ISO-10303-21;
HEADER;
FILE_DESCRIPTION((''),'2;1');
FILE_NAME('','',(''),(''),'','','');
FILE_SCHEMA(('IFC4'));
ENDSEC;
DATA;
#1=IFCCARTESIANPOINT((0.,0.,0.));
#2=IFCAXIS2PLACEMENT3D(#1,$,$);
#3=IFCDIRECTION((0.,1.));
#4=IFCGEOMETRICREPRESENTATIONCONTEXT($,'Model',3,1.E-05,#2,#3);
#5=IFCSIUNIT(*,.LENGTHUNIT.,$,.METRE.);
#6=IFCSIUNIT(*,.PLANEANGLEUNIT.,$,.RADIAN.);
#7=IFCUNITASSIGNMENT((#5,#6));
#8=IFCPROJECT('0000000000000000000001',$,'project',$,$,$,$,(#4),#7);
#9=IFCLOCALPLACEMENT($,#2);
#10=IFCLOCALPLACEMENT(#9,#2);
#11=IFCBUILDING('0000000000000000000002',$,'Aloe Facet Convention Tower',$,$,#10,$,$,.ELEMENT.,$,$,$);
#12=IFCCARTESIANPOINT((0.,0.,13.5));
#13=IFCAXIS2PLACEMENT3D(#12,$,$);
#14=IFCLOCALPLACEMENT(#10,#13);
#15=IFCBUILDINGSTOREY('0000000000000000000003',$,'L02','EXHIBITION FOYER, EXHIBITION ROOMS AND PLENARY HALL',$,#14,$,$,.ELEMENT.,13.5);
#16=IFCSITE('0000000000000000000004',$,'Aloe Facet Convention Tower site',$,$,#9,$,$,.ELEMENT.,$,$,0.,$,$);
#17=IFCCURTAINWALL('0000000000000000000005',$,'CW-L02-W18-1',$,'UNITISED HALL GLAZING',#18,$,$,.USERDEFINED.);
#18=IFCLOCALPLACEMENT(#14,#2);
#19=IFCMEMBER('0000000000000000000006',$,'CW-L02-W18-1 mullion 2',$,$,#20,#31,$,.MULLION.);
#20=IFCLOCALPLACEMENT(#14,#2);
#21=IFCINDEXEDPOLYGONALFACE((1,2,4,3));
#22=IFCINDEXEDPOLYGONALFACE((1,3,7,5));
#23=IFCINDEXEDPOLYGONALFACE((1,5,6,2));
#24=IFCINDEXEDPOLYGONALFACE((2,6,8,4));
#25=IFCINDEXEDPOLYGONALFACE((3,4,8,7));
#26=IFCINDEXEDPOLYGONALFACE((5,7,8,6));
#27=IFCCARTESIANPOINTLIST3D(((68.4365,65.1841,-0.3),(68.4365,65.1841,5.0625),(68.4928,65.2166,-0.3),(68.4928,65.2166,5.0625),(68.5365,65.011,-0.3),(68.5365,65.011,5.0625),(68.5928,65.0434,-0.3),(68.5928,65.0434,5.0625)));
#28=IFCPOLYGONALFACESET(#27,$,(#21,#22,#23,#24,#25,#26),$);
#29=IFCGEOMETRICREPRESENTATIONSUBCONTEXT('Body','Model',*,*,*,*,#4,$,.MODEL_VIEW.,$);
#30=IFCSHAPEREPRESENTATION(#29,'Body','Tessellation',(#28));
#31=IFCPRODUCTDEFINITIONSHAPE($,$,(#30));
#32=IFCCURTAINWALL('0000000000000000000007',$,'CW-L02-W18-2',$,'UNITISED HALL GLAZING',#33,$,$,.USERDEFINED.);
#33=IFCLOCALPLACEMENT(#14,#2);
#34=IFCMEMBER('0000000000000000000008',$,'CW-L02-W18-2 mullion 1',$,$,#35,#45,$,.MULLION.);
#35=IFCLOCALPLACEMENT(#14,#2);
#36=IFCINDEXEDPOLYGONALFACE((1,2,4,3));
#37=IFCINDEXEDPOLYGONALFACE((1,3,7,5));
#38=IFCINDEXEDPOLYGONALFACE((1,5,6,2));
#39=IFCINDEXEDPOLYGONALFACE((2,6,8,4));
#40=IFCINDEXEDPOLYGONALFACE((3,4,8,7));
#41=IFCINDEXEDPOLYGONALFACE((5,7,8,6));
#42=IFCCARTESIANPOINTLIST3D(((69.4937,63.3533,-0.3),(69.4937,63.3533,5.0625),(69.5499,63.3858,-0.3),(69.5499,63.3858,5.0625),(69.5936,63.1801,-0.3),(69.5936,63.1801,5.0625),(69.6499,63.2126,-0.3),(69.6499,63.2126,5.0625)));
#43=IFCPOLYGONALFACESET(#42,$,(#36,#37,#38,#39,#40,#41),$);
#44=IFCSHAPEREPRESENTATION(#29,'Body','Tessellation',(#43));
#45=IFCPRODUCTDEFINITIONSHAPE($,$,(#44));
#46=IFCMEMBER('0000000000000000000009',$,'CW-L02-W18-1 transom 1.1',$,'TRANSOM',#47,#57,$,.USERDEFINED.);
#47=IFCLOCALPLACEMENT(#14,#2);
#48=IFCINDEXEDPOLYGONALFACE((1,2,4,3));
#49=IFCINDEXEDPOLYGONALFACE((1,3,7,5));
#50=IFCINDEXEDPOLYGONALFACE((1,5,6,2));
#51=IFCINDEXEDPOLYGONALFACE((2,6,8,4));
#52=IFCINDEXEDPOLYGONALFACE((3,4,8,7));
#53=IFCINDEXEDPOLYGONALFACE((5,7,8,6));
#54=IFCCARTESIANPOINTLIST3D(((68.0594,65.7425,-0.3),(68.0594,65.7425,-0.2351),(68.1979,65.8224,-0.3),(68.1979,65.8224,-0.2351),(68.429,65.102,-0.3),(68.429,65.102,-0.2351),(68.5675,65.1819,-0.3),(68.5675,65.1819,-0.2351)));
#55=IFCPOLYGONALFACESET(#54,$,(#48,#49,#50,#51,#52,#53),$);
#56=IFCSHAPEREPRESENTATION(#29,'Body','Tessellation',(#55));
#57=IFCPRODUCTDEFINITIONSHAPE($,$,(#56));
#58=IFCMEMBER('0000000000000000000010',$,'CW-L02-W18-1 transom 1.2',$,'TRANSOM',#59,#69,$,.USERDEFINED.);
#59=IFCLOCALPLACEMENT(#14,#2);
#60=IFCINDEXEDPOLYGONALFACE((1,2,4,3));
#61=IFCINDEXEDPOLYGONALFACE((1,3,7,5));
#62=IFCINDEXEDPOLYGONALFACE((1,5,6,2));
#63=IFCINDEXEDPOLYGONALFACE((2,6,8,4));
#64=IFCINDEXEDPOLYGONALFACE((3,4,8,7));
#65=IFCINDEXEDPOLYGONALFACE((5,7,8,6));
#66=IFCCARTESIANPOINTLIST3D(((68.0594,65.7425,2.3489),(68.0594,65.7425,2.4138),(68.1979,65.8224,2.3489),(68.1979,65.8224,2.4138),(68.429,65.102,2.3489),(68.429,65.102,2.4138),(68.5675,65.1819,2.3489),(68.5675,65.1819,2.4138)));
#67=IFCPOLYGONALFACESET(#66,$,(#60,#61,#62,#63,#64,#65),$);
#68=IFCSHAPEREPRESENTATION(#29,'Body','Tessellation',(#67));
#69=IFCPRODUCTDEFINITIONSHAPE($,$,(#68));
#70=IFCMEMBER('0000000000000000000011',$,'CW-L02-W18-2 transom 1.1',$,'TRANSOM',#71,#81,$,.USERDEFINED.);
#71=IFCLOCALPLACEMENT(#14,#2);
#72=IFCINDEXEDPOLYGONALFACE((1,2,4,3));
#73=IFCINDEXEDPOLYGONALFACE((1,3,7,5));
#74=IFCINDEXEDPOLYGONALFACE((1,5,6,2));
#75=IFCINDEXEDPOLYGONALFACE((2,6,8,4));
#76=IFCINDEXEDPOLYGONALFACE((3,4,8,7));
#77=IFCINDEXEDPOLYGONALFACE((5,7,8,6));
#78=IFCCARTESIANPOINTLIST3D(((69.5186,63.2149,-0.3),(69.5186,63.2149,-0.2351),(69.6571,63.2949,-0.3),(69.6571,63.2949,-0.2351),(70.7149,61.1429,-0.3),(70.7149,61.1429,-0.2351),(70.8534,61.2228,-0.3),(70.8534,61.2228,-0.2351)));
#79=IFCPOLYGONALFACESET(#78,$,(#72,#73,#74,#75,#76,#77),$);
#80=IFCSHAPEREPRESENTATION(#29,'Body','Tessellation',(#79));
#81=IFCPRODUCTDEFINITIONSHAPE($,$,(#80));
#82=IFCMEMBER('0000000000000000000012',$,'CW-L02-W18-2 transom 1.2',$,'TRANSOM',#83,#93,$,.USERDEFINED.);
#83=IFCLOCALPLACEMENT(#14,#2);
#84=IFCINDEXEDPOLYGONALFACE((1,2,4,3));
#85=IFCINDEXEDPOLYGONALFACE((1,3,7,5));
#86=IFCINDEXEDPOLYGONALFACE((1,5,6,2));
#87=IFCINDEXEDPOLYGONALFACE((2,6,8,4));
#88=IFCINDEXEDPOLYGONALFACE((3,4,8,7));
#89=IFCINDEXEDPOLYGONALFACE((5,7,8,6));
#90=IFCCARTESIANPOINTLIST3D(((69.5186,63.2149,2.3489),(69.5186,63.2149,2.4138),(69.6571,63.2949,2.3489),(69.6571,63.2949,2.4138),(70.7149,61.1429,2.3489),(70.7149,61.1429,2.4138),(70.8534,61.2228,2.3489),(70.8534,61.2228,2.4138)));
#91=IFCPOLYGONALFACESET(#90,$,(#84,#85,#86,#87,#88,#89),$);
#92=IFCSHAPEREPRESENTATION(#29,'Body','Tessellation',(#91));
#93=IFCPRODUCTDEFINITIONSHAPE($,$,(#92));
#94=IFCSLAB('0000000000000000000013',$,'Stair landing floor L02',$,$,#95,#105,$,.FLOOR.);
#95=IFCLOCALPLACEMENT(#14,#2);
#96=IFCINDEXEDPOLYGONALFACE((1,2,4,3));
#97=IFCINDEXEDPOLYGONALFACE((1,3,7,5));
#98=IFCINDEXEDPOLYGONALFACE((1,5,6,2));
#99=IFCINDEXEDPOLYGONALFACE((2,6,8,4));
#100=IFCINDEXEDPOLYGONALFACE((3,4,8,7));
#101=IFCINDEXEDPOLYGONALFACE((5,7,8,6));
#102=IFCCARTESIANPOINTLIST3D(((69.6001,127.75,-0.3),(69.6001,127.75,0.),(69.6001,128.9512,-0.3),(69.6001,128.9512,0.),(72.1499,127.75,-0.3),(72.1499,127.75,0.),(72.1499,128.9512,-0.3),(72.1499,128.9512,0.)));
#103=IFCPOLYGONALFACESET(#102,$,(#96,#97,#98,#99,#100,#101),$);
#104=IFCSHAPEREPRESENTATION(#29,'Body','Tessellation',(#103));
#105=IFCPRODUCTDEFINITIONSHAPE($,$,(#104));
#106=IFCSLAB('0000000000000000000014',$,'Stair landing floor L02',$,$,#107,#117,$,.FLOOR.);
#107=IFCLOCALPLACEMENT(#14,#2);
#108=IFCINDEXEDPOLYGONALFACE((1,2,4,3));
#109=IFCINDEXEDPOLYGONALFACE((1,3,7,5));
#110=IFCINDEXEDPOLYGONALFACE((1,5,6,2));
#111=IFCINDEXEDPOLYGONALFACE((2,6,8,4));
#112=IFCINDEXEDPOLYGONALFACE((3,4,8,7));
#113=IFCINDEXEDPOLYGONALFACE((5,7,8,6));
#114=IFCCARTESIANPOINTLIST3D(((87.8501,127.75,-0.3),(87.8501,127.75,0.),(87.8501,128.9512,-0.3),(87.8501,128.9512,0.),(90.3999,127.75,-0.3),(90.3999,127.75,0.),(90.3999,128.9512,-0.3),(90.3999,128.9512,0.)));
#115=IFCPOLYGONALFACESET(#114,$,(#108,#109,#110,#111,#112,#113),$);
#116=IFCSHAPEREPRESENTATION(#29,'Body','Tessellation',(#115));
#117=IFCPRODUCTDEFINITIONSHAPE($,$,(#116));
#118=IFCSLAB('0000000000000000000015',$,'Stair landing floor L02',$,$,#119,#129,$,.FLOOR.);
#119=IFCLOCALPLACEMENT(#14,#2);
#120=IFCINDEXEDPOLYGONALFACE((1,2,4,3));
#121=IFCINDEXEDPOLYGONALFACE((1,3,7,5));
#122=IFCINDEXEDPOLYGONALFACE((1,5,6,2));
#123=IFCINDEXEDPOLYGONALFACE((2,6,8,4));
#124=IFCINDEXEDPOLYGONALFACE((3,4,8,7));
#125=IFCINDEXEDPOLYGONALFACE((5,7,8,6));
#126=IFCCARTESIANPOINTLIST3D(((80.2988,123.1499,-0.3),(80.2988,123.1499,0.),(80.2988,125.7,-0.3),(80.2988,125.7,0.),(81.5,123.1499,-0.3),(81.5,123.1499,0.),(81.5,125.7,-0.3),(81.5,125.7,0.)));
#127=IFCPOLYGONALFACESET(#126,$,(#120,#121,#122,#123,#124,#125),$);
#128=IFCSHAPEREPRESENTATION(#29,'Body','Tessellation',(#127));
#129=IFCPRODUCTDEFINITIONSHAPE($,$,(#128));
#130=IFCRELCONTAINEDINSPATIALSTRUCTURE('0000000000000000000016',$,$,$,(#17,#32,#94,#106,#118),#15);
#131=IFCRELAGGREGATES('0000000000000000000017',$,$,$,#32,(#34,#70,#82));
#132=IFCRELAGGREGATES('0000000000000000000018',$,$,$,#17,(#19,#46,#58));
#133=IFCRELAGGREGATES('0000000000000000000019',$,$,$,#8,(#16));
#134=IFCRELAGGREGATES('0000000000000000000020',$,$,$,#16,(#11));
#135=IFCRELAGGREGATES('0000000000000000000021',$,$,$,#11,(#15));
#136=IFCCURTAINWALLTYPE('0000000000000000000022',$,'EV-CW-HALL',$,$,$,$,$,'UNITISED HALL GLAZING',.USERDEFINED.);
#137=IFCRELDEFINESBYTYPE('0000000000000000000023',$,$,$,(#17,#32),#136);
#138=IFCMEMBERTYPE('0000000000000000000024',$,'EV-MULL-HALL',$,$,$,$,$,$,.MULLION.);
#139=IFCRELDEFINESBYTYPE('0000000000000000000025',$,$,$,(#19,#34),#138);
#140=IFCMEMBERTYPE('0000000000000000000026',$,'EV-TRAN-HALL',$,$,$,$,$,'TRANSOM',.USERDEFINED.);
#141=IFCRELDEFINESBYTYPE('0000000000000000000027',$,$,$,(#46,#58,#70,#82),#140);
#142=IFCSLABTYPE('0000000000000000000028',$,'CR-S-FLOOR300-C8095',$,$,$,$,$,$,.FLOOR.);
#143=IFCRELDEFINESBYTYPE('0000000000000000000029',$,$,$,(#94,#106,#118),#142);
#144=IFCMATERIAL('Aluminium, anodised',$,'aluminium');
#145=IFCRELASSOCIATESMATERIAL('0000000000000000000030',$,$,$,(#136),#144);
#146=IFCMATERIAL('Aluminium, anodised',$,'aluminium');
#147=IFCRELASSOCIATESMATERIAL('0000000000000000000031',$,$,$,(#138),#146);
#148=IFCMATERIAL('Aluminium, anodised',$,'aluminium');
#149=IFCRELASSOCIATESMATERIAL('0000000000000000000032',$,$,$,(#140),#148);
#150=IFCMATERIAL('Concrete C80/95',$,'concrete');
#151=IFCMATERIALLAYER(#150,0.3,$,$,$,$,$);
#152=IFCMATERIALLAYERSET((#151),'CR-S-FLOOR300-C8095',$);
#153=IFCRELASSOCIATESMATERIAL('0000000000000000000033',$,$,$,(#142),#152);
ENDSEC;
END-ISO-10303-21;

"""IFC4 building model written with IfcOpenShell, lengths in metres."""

from ifc_helpers import new_model, si_unit, direction, frame, origin, origin_2d, place, context, subcontext, project, spatial, polyline, rectangle, outline, extrude, material, layer, layer_set, material_profile, profile_set, type_object, element, aggregate, save


model = new_model("IFC4")

# Units and contexts
model_context = context("Model", 3, precision=1e-05, world=origin(), true_north=direction((0.0, 1.0)))
body_context = subcontext(model_context, "Body", "Model", "MODEL_VIEW")
ifc_project = project(units=[si_unit("LENGTHUNIT", "METRE"), si_unit("PLANEANGLEUNIT", "RADIAN")], contexts=[model_context])

# Site, building, storey
site_placement = place(None, origin())
site = spatial("IfcSite", under=ifc_project, at=site_placement, Name="Aloe Facet Convention Tower site", CompositionType="ELEMENT", RefElevation=0.0)
building_placement = place(site_placement, origin())
building = spatial("IfcBuilding", under=site, at=building_placement, Name="Aloe Facet Convention Tower", CompositionType="ELEMENT")
storey_placement = place(building_placement, frame((0.0, 0.0, 13.5)))
storey = spatial("IfcBuildingStorey", under=building, at=storey_placement, Name="L02", Description="EXHIBITION FOYER, EXHIBITION ROOMS AND PLENARY HALL", CompositionType="ELEMENT", Elevation=13.5)

# Curtain walls, members
ifc_material_1 = material(Name="Aluminium, anodised", Category="aluminium")
curtain_wall_type = type_object("IfcCurtainWallType", Name="EV-CW-HALL", ElementType="UNITISED HALL GLAZING", PredefinedType="USERDEFINED", material=ifc_material_1)
curtain_wall_1_placement = place(storey_placement, origin())
curtain_wall_1 = element("IfcCurtainWall", 1, at=curtain_wall_1_placement, inside=storey, type_object=curtain_wall_type, Name="CW-L02-W18-1", ObjectType="UNITISED HALL GLAZING", PredefinedType="USERDEFINED")
ifc_material_2 = material(Name="Aluminium, anodised", Category="aluminium")
ifc_material_profile_1 = material_profile(ifc_material_2, rectangle(XDim=0.0649, YDim=0.2, at=origin_2d()), Name="AL 65x200")
ifc_profile_set_1 = profile_set([ifc_material_profile_1], Name="Aluminium, anodised")
member_type_1 = type_object("IfcMemberType", Name="EV-MULL-HALL", PredefinedType="MULLION", material=ifc_profile_set_1)
member_1_placement = place(storey_placement, frame((68.5146, 65.1138, -0.3), z_axis=(0.0, 0.0, 1.0), x_axis=(0.866025, 0.5, 0.0)))
member_1 = element("IfcMember", 2, at=member_1_placement, type_object=member_type_1, Name="CW-L02-W18-1 mullion 2", PredefinedType="MULLION", context=body_context, shape_type="SweptSolid", body=[
    extrude(rectangle(XDim=0.0649, YDim=0.2, at=origin_2d()), origin(), (0.0, 0.0, 1.0), 5.3625),
])
curtain_wall_2_placement = place(storey_placement, origin())
curtain_wall_2 = element("IfcCurtainWall", 3, at=curtain_wall_2_placement, inside=storey, type_object=curtain_wall_type, Name="CW-L02-W18-2", ObjectType="UNITISED HALL GLAZING", PredefinedType="USERDEFINED")
member_2_placement = place(storey_placement, frame((69.5718, 63.283, -0.3), z_axis=(0.0, 0.0, 1.0), x_axis=(0.866025, 0.5, 0.0)))
member_2 = element("IfcMember", 4, at=member_2_placement, type_object=member_type_1, Name="CW-L02-W18-2 mullion 1", PredefinedType="MULLION", context=body_context, shape_type="SweptSolid", body=[
    extrude(rectangle(XDim=0.0649, YDim=0.2, at=origin_2d()), origin(), (0.0, 0.0, 1.0), 5.3625),
])

# Members
ifc_material_3 = material(Name="Aluminium, anodised", Category="aluminium")
ifc_material_profile_2 = material_profile(ifc_material_3, rectangle(XDim=0.1599, YDim=0.0649, at=origin_2d()), Name="AL 160x65")
ifc_profile_set_2 = profile_set([ifc_material_profile_2], Name="Aluminium, anodised")
member_type_2 = type_object("IfcMemberType", Name="EV-TRAN-HALL", ElementType="TRANSOM", PredefinedType="USERDEFINED", material=ifc_profile_set_2)
member_3_placement = place(storey_placement, frame((68.1287, 65.7825, -0.2676), z_axis=(0.499761, -0.866164, 0.0), x_axis=(0.866164, 0.499761, 0.0)))
member_3 = element("IfcMember", 5, at=member_3_placement, type_object=member_type_2, Name="CW-L02-W18-1 transom 1.1", ObjectType="TRANSOM", PredefinedType="USERDEFINED", context=body_context, shape_type="SweptSolid", body=[
    extrude(rectangle(XDim=0.1599, YDim=0.0649, at=origin_2d()), origin(), (0.0, 0.0, 1.0), 0.7395),
])
member_4_placement = place(storey_placement, frame((68.1287, 65.7825, 2.3813), z_axis=(0.499761, -0.866164, 0.0), x_axis=(0.866164, 0.499761, 0.0)))
member_4 = element("IfcMember", 6, at=member_4_placement, type_object=member_type_2, Name="CW-L02-W18-1 transom 1.2", ObjectType="TRANSOM", PredefinedType="USERDEFINED", context=body_context, shape_type="SweptSolid", body=[
    extrude(rectangle(XDim=0.1599, YDim=0.0649, at=origin_2d()), origin(), (0.0, 0.0, 1.0), 0.7395),
])
member_5_placement = place(storey_placement, frame((69.5879, 63.2549, -0.2676), z_axis=(0.500002, -0.866024, 0.0), x_axis=(0.866024, 0.500002, 0.0)))
member_5 = element("IfcMember", 7, at=member_5_placement, type_object=member_type_2, Name="CW-L02-W18-2 transom 1.1", ObjectType="TRANSOM", PredefinedType="USERDEFINED", context=body_context, shape_type="SweptSolid", body=[
    extrude(rectangle(XDim=0.1599, YDim=0.0649, at=origin_2d()), origin(), (0.0, 0.0, 1.0), 2.3926),
])
member_6_placement = place(storey_placement, frame((69.5879, 63.2549, 2.3813), z_axis=(0.500002, -0.866024, 0.0), x_axis=(0.866024, 0.500002, 0.0)))
member_6 = element("IfcMember", 8, at=member_6_placement, type_object=member_type_2, Name="CW-L02-W18-2 transom 1.2", ObjectType="TRANSOM", PredefinedType="USERDEFINED", context=body_context, shape_type="SweptSolid", body=[
    extrude(rectangle(XDim=0.1599, YDim=0.0649, at=origin_2d()), origin(), (0.0, 0.0, 1.0), 2.3926),
])
aggregate(curtain_wall_2, [member_2, member_5, member_6])

# Slabs
ifc_material_4 = material(Name="Concrete C80/95", Category="concrete")
ifc_layer_1 = layer(ifc_material_4, 0.3)
ifc_layer_set_1 = layer_set([ifc_layer_1], Name="CR-S-FLOOR300-C8095")
slab_type_1 = type_object("IfcSlabType", Name="CR-S-FLOOR300-C8095", PredefinedType="FLOOR", material=ifc_layer_set_1)
slab_1_placement = place(storey_placement, frame((0.0, 0.0, -0.3)))
element("IfcSlab", 9, at=slab_1_placement, inside=storey, type_object=slab_type_1, Name="Stair landing floor L02", PredefinedType="FLOOR", context=body_context, shape_type="SweptSolid", body=[
    extrude(outline(polyline([(72.1499, 127.75), (72.1499, 128.9512), (69.6001, 128.9512), (69.6001, 127.75), (72.1499, 127.75)])), origin(), (0.0, 0.0, 1.0), 0.3),
])
slab_2_placement = place(storey_placement, frame((0.0, 0.0, -0.3)))
element("IfcSlab", 10, at=slab_2_placement, inside=storey, type_object=slab_type_1, Name="Stair landing floor L02", PredefinedType="FLOOR", context=body_context, shape_type="SweptSolid", body=[
    extrude(outline(polyline([(90.3999, 127.75), (90.3999, 128.9512), (87.8501, 128.9512), (87.8501, 127.75), (90.3999, 127.75)])), origin(), (0.0, 0.0, 1.0), 0.3),
])
slab_3_placement = place(storey_placement, frame((0.0, 0.0, -0.3)))
element("IfcSlab", 11, at=slab_3_placement, inside=storey, type_object=slab_type_1, Name="Stair landing floor L02", PredefinedType="FLOOR", context=body_context, shape_type="SweptSolid", body=[
    extrude(outline(polyline([(81.5, 125.7), (80.2988, 125.7), (80.2988, 123.1499), (81.5, 123.1499), (81.5, 125.7)])), origin(), (0.0, 0.0, 1.0), 0.3),
])

aggregate(curtain_wall_1, [member_1, member_3, member_4])

save(model, "model.ifc")
